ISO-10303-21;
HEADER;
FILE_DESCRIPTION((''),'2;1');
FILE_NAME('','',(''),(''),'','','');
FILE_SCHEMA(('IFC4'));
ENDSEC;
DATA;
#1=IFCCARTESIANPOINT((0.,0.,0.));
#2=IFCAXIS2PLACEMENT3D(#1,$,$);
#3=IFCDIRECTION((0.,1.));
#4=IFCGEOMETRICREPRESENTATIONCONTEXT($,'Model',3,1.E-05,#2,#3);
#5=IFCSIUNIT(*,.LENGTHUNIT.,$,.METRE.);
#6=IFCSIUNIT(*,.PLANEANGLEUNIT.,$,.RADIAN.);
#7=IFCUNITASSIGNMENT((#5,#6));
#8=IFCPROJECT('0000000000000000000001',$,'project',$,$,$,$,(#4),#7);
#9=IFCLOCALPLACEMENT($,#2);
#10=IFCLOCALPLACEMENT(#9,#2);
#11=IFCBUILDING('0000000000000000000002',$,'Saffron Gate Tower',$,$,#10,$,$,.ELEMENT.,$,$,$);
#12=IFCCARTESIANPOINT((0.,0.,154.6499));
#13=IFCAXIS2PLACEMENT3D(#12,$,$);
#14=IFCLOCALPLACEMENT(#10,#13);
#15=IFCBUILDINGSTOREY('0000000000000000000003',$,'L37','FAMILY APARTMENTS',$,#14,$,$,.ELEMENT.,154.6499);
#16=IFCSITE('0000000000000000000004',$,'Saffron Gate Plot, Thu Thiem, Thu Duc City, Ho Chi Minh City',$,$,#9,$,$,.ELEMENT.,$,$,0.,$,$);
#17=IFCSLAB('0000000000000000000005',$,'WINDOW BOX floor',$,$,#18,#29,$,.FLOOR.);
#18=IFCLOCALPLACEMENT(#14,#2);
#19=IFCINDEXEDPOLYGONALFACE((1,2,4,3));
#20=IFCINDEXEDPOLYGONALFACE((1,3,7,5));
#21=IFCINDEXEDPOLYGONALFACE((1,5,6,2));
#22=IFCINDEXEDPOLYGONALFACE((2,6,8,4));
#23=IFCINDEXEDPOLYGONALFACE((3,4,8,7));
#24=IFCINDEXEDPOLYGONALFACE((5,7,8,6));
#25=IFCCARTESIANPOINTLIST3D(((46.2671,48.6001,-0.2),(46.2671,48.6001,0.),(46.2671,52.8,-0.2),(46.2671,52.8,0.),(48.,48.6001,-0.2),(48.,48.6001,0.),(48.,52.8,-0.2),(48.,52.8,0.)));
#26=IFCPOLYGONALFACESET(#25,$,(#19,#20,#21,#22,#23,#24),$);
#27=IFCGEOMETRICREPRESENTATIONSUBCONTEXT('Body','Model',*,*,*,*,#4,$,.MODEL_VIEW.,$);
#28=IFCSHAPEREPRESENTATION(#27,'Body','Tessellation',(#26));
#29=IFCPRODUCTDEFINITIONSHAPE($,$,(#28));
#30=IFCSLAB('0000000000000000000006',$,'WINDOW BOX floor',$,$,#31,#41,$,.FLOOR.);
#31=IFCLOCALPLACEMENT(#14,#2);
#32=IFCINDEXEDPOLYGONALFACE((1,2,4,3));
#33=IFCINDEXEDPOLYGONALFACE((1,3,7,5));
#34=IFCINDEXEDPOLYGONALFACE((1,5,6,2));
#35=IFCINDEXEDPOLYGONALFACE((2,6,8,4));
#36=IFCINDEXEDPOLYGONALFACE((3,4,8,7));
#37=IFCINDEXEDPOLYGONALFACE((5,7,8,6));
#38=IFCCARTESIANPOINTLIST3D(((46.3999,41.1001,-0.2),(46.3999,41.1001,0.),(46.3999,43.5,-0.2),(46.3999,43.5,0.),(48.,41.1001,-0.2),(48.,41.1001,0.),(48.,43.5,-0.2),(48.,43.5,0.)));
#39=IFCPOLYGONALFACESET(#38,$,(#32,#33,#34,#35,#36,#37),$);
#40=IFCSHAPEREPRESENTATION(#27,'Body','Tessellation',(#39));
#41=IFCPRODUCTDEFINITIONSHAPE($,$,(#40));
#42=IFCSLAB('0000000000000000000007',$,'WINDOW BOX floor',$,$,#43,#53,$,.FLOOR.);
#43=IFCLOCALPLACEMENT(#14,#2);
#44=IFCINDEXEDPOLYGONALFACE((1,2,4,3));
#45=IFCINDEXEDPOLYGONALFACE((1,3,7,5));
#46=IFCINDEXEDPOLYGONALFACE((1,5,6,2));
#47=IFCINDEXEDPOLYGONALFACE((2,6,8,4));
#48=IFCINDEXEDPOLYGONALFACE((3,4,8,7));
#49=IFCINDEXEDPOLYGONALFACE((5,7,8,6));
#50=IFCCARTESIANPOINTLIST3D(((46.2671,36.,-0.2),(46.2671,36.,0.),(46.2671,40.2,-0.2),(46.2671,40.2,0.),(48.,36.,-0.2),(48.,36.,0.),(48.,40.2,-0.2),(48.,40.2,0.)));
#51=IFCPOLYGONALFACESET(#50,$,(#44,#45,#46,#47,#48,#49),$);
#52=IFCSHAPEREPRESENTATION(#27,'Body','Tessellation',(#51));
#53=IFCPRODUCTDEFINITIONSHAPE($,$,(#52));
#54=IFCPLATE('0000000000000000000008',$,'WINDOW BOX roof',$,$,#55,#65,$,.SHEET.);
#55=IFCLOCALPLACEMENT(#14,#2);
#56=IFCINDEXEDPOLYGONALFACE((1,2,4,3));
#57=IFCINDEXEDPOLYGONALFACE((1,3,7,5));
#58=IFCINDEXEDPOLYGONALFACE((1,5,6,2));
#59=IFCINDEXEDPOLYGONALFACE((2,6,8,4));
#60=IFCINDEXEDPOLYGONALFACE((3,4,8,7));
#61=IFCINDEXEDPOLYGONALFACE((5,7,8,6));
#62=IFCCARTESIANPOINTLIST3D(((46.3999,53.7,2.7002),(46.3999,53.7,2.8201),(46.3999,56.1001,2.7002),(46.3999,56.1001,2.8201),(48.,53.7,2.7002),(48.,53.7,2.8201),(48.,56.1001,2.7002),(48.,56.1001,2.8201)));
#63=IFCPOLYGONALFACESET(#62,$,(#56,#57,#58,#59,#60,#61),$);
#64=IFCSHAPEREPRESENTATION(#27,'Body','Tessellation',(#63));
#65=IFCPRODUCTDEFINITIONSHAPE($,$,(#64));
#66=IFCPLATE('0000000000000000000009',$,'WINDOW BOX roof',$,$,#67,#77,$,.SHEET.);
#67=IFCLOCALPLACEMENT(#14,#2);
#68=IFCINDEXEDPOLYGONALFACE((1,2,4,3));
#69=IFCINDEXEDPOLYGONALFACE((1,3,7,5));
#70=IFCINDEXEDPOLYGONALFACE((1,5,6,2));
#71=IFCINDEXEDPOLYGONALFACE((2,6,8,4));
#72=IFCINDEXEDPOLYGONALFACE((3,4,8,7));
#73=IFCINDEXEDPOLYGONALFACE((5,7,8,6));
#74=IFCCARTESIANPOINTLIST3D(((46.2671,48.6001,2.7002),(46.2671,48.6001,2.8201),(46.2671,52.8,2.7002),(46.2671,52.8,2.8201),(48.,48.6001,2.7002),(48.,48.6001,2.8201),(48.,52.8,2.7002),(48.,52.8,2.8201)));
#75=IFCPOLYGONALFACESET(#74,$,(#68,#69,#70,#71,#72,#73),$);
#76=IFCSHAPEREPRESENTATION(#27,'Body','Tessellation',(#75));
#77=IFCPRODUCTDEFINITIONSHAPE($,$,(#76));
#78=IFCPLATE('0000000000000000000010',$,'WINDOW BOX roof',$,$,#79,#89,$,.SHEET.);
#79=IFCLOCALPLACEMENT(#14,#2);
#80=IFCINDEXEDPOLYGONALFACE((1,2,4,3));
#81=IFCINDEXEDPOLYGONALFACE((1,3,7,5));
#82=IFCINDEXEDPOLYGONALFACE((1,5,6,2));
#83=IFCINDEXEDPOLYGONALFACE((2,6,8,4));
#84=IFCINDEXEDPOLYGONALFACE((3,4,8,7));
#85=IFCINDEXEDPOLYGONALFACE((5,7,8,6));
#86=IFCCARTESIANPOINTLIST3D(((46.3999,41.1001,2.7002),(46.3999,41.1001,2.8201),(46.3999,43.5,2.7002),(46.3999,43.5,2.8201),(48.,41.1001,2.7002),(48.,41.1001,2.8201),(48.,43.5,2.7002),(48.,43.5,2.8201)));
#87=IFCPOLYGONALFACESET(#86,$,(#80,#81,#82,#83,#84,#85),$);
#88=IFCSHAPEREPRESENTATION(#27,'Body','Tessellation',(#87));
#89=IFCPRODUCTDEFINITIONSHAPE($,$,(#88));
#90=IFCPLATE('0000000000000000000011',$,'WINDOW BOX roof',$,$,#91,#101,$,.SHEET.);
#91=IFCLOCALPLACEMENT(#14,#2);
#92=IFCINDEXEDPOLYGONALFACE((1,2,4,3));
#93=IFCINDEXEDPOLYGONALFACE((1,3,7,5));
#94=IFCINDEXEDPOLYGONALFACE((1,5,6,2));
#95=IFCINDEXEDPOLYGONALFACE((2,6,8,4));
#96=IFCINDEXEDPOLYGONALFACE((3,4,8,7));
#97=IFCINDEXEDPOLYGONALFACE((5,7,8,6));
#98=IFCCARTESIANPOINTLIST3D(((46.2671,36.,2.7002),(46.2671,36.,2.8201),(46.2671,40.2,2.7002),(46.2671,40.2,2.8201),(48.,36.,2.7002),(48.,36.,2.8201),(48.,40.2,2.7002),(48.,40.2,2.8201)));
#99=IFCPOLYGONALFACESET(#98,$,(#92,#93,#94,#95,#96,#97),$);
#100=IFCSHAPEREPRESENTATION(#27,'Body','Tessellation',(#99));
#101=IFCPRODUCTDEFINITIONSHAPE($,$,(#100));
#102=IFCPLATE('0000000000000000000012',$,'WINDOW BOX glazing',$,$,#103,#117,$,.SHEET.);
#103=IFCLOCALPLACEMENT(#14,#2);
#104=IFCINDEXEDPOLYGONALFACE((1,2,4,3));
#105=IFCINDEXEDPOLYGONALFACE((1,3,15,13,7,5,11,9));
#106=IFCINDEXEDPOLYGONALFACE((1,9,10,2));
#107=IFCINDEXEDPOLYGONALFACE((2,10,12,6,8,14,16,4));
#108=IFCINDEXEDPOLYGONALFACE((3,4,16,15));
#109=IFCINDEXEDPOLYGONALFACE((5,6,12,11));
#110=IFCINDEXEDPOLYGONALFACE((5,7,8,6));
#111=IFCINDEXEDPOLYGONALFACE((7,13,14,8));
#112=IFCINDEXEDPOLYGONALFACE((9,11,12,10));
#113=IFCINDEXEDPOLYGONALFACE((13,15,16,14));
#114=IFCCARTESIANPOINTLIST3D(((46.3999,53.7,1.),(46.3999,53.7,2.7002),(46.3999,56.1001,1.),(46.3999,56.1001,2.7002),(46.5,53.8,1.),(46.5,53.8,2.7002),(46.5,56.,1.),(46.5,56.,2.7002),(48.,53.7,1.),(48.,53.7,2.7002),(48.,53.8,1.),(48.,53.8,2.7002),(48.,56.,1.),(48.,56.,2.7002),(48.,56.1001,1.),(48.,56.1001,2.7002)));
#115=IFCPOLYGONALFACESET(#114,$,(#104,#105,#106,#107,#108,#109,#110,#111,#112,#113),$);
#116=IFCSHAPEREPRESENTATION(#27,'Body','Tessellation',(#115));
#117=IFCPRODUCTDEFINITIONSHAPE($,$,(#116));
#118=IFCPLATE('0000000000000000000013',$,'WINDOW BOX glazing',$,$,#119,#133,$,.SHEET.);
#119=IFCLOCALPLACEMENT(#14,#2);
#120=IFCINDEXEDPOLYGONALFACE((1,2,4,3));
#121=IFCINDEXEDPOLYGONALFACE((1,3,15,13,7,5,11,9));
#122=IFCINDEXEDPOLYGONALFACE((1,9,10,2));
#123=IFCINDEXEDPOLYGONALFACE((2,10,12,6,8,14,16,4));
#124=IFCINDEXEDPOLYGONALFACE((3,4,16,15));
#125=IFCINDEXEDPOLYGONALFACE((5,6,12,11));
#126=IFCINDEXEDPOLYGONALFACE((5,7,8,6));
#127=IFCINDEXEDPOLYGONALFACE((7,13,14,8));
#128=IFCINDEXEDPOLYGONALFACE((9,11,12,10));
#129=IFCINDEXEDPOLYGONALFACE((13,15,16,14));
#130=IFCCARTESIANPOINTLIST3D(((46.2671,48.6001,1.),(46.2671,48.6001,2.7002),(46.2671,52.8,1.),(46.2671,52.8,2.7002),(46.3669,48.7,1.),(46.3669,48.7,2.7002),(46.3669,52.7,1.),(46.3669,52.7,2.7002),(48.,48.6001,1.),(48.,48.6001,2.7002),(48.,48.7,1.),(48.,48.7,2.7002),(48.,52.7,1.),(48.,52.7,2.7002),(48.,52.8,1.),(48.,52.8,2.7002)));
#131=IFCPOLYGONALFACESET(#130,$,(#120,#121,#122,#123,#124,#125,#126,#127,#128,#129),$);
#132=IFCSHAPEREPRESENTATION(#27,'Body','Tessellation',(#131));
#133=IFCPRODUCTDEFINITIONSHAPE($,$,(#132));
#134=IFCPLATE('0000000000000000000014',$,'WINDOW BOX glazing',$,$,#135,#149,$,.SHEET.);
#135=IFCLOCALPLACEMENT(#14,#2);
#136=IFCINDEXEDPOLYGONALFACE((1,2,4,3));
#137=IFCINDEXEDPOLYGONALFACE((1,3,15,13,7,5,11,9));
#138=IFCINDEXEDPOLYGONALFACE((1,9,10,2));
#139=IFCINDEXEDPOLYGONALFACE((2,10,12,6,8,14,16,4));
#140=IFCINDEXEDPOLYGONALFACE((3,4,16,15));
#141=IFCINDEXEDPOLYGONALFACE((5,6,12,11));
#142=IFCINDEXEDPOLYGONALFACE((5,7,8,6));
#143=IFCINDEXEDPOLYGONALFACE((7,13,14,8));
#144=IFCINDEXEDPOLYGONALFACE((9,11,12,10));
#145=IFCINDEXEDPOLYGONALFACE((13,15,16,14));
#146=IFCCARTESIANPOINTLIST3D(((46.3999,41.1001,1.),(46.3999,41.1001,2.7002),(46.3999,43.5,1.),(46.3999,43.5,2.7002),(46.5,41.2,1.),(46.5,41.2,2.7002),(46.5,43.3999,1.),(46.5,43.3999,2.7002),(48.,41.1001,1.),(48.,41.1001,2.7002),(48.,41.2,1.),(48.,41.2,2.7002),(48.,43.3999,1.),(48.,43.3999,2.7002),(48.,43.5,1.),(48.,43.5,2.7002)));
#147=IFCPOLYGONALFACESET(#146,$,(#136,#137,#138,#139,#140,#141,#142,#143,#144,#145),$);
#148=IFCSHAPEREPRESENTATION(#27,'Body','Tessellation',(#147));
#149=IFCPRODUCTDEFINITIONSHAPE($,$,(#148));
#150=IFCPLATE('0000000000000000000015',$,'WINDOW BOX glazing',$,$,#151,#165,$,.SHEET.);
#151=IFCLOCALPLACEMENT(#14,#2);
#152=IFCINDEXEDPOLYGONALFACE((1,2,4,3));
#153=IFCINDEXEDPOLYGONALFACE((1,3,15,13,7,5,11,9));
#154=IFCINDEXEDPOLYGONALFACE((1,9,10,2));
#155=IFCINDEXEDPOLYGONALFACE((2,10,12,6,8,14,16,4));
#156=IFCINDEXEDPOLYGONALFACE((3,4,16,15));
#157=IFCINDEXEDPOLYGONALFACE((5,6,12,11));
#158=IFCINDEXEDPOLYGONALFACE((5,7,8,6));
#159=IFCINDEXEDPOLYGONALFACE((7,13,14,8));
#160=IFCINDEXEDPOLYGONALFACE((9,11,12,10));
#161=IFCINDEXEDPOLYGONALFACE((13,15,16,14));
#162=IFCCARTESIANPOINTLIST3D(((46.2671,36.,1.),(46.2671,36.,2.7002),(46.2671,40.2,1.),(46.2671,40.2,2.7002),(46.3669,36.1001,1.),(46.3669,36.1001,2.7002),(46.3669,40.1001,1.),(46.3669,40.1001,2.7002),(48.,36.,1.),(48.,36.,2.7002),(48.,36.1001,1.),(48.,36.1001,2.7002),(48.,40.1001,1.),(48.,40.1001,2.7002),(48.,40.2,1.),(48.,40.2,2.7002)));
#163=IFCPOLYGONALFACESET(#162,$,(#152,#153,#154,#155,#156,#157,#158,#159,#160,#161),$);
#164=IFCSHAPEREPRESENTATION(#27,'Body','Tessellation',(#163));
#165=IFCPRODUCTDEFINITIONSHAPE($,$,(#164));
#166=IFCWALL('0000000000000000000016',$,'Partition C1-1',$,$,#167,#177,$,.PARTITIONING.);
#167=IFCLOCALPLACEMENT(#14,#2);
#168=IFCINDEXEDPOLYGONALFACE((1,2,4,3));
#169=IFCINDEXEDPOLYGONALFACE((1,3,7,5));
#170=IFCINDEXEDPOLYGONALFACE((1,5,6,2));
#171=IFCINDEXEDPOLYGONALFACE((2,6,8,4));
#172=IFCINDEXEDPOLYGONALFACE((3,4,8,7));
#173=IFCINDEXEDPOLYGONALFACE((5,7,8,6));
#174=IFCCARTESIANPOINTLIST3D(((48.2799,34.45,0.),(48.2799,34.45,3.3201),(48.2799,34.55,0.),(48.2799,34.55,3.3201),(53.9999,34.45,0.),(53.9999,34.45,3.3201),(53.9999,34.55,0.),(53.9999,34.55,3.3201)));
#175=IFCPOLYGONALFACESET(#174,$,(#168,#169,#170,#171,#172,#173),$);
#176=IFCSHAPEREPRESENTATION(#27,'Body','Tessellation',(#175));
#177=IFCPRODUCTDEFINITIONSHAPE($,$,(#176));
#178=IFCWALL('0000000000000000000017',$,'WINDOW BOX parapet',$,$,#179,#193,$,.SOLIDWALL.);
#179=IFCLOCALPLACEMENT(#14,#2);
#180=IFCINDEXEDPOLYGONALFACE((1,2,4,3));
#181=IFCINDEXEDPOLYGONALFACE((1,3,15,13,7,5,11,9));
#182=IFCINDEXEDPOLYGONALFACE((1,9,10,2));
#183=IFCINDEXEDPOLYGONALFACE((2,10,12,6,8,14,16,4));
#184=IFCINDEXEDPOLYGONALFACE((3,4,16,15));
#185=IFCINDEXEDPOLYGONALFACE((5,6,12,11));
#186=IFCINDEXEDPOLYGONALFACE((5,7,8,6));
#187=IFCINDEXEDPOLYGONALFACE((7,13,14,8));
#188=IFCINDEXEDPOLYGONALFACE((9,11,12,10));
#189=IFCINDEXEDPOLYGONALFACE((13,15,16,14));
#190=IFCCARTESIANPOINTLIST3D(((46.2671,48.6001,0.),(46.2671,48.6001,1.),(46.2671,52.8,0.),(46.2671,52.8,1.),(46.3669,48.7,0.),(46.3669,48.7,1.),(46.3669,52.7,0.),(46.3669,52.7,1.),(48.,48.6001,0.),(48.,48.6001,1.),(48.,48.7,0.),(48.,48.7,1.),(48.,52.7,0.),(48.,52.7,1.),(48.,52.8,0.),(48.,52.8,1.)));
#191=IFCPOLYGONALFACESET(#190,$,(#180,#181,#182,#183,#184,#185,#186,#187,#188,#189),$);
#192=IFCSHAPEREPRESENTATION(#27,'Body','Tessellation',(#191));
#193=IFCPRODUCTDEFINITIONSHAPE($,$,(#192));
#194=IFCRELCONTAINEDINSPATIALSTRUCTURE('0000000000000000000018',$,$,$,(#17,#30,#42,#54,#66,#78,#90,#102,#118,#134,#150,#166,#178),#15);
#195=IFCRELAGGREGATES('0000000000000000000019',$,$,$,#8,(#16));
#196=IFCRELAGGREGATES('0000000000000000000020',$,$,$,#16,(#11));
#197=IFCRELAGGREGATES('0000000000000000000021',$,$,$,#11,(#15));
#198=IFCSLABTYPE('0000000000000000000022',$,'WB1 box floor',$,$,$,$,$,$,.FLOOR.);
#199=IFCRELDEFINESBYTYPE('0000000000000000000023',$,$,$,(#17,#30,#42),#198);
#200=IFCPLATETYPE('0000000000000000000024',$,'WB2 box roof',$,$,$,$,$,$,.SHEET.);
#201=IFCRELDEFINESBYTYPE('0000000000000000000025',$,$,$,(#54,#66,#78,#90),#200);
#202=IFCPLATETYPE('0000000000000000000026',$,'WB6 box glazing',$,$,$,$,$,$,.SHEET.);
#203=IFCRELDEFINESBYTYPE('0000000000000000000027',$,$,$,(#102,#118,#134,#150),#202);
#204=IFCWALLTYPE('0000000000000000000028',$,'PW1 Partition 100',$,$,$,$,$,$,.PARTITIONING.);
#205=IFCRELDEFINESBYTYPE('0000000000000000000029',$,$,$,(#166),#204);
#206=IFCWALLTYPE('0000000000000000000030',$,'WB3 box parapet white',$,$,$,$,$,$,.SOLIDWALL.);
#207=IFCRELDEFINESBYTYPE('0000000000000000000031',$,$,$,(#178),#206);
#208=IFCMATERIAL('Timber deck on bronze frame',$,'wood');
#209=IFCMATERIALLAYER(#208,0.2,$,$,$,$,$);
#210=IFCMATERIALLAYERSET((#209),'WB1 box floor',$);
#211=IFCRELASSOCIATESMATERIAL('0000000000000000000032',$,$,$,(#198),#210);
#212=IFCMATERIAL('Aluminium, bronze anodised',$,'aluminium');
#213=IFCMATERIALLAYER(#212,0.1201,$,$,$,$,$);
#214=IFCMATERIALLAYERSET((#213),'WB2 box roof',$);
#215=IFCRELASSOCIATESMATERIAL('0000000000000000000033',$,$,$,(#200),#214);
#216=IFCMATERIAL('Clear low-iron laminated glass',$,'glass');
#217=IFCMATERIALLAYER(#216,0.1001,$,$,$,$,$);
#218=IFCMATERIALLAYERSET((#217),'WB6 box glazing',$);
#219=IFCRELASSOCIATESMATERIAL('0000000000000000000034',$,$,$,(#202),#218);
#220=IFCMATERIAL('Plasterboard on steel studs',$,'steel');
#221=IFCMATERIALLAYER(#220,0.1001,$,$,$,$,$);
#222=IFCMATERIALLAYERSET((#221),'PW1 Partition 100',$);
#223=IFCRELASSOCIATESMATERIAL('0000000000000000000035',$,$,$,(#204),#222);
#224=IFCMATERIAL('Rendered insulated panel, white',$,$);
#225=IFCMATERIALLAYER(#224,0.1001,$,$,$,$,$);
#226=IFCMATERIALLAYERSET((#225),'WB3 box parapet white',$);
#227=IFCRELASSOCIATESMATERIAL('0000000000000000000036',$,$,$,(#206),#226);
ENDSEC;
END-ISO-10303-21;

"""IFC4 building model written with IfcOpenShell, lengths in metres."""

from ifc_helpers import new_model, si_unit, direction, frame, frame_2d, origin, place, context, subcontext, project, spatial, polyline, rectangle, outline, extrude, material, layer, layer_set, type_object, element, save


model = new_model("IFC4")

# Units and contexts
model_context = context("Model", 3, precision=1e-05, world=origin(), true_north=direction((0.0, 1.0)))
body_context = subcontext(model_context, "Body", "Model", "MODEL_VIEW")
ifc_project = project(units=[si_unit("LENGTHUNIT", "METRE"), si_unit("PLANEANGLEUNIT", "RADIAN")], contexts=[model_context])

# Site, building, storey
site_placement = place(None, origin())
site = spatial("IfcSite", under=ifc_project, at=site_placement, Name="Saffron Gate Plot, Thu Thiem, Thu Duc City, Ho Chi Minh City", CompositionType="ELEMENT", RefElevation=0.0)
building_placement = place(site_placement, origin())
building = spatial("IfcBuilding", under=site, at=building_placement, Name="Saffron Gate Tower", CompositionType="ELEMENT")
storey_placement = place(building_placement, frame((0.0, 0.0, 154.6499)))
storey = spatial("IfcBuildingStorey", under=building, at=storey_placement, Name="L37", Description="FAMILY APARTMENTS", CompositionType="ELEMENT", Elevation=154.6499)

# Shared definitions
ifc_material_1 = material(Name="Aluminium, bronze anodised", Category="aluminium")

# Slabs
ifc_material_2 = material(Name="Timber deck on bronze frame", Category="wood")
ifc_layer_1 = layer(ifc_material_2, 0.2)
ifc_layer_set_1 = layer_set([ifc_layer_1], Name="WB1 box floor")
slab_type_1 = type_object("IfcSlabType", Name="WB1 box floor", PredefinedType="FLOOR", material=ifc_layer_set_1)
slab_1_placement = place(storey_placement, frame((0.0, 0.0, -0.2)))
element("IfcSlab", 1, at=slab_1_placement, inside=storey, type_object=slab_type_1, Name="WINDOW BOX floor", PredefinedType="FLOOR", context=body_context, shape_type="SweptSolid", body=[
    extrude(outline(polyline([(48.0, 52.8), (48.0, 48.6001), (46.2671, 48.6001), (46.2671, 52.8), (48.0, 52.8)])), origin(), (0.0, 0.0, 1.0), 0.2),
])
slab_2_placement = place(storey_placement, frame((0.0, 0.0, -0.2)))
element("IfcSlab", 2, at=slab_2_placement, inside=storey, type_object=slab_type_1, Name="WINDOW BOX floor", PredefinedType="FLOOR", context=body_context, shape_type="SweptSolid", body=[
    extrude(outline(polyline([(48.0, 43.5), (48.0, 41.1001), (46.3999, 41.1001), (46.3999, 43.5), (48.0, 43.5)])), origin(), (0.0, 0.0, 1.0), 0.2),
])
slab_3_placement = place(storey_placement, frame((0.0, 0.0, -0.2)))
element("IfcSlab", 3, at=slab_3_placement, inside=storey, type_object=slab_type_1, Name="WINDOW BOX floor", PredefinedType="FLOOR", context=body_context, shape_type="SweptSolid", body=[
    extrude(outline(polyline([(48.0, 40.2), (48.0, 36.0), (46.2671, 36.0), (46.2671, 40.2), (48.0, 40.2)])), origin(), (0.0, 0.0, 1.0), 0.2),
])

# Plates
ifc_layer_2 = layer(ifc_material_1, 0.1201)
ifc_layer_set_2 = layer_set([ifc_layer_2], Name="WB2 box roof")
plate_type_1 = type_object("IfcPlateType", Name="WB2 box roof", PredefinedType="SHEET", material=ifc_layer_set_2)
plate_1_placement = place(storey_placement, frame((0.0, 0.0, 2.7002)))
element("IfcPlate", 4, at=plate_1_placement, inside=storey, type_object=plate_type_1, Name="WINDOW BOX roof", PredefinedType="SHEET", context=body_context, shape_type="SweptSolid", body=[
    extrude(outline(polyline([(48.0, 56.1001), (48.0, 53.7), (46.3999, 53.7), (46.3999, 56.1001), (48.0, 56.1001)])), origin(), (0.0, 0.0, 1.0), 0.1199),
])
plate_2_placement = place(storey_placement, frame((0.0, 0.0, 2.7002)))
element("IfcPlate", 5, at=plate_2_placement, inside=storey, type_object=plate_type_1, Name="WINDOW BOX roof", PredefinedType="SHEET", context=body_context, shape_type="SweptSolid", body=[
    extrude(outline(polyline([(48.0, 52.8), (48.0, 48.6001), (46.2671, 48.6001), (46.2671, 52.8), (48.0, 52.8)])), origin(), (0.0, 0.0, 1.0), 0.1199),
])
plate_3_placement = place(storey_placement, frame((0.0, 0.0, 2.7002)))
element("IfcPlate", 6, at=plate_3_placement, inside=storey, type_object=plate_type_1, Name="WINDOW BOX roof", PredefinedType="SHEET", context=body_context, shape_type="SweptSolid", body=[
    extrude(outline(polyline([(48.0, 43.5), (48.0, 41.1001), (46.3999, 41.1001), (46.3999, 43.5), (48.0, 43.5)])), origin(), (0.0, 0.0, 1.0), 0.1199),
])
plate_4_placement = place(storey_placement, frame((0.0, 0.0, 2.7002)))
element("IfcPlate", 7, at=plate_4_placement, inside=storey, type_object=plate_type_1, Name="WINDOW BOX roof", PredefinedType="SHEET", context=body_context, shape_type="SweptSolid", body=[
    extrude(outline(polyline([(48.0, 40.2), (48.0, 36.0), (46.2671, 36.0), (46.2671, 40.2), (48.0, 40.2)])), origin(), (0.0, 0.0, 1.0), 0.1199),
])
ifc_material_3 = material(Name="Clear low-iron laminated glass", Category="glass")
ifc_layer_3 = layer(ifc_material_3, 0.1001)
ifc_layer_set_3 = layer_set([ifc_layer_3], Name="WB6 box glazing")
plate_type_2 = type_object("IfcPlateType", Name="WB6 box glazing", PredefinedType="SHEET", material=ifc_layer_set_3)
plate_5_placement = place(storey_placement, frame((0.0, 0.0, 1.0)))
element("IfcPlate", 8, at=plate_5_placement, inside=storey, type_object=plate_type_2, Name="WINDOW BOX glazing", PredefinedType="SHEET", context=body_context, shape_type="SweptSolid", body=[
    extrude(outline(polyline([(48.0, 56.1001), (48.0, 56.0), (46.5, 56.0), (46.5, 53.8), (48.0, 53.8), (48.0, 53.7), (46.3999, 53.7), (46.3999, 56.1001), (48.0, 56.1001)])), origin(), (0.0, 0.0, 1.0), 1.7002),
])
plate_6_placement = place(storey_placement, frame((0.0, 0.0, 1.0)))
element("IfcPlate", 9, at=plate_6_placement, inside=storey, type_object=plate_type_2, Name="WINDOW BOX glazing", PredefinedType="SHEET", context=body_context, shape_type="SweptSolid", body=[
    extrude(outline(polyline([(48.0, 52.8), (48.0, 52.7), (46.3669, 52.7), (46.3669, 48.7), (48.0, 48.7), (48.0, 48.6001), (46.2671, 48.6001), (46.2671, 52.8), (48.0, 52.8)])), origin(), (0.0, 0.0, 1.0), 1.7002),
])
plate_7_placement = place(storey_placement, frame((0.0, 0.0, 1.0)))
element("IfcPlate", 10, at=plate_7_placement, inside=storey, type_object=plate_type_2, Name="WINDOW BOX glazing", PredefinedType="SHEET", context=body_context, shape_type="SweptSolid", body=[
    extrude(outline(polyline([(48.0, 43.5), (48.0, 43.3999), (46.5, 43.3999), (46.5, 41.2), (48.0, 41.2), (48.0, 41.1001), (46.3999, 41.1001), (46.3999, 43.5), (48.0, 43.5)])), origin(), (0.0, 0.0, 1.0), 1.7002),
])
plate_8_placement = place(storey_placement, frame((0.0, 0.0, 1.0)))
element("IfcPlate", 11, at=plate_8_placement, inside=storey, type_object=plate_type_2, Name="WINDOW BOX glazing", PredefinedType="SHEET", context=body_context, shape_type="SweptSolid", body=[
    extrude(outline(polyline([(48.0, 40.2), (48.0, 40.1001), (46.3669, 40.1001), (46.3669, 36.1001), (48.0, 36.1001), (48.0, 36.0), (46.2671, 36.0), (46.2671, 40.2), (48.0, 40.2)])), origin(), (0.0, 0.0, 1.0), 1.7002),
])

# Walls
ifc_material_4 = material(Name="Plasterboard on steel studs", Category="steel")
ifc_layer_4 = layer(ifc_material_4, 0.1001)
ifc_layer_set_4 = layer_set([ifc_layer_4], Name="PW1 Partition 100")
wall_type_1 = type_object("IfcWallType", Name="PW1 Partition 100", PredefinedType="PARTITIONING", material=ifc_layer_set_4)
wall_1_placement = place(storey_placement, frame((48.28, 34.5, 0.0), z_axis=(0.0, 0.0, 1.0), x_axis=(1.0, 0.0, 0.0)))
element("IfcWall", 12, at=wall_1_placement, inside=storey, type_object=wall_type_1, Name="Partition C1-1", PredefinedType="PARTITIONING", context=body_context, shape_type="SweptSolid", body=[
    extrude(rectangle(XDim=5.72, YDim=0.1001, at=frame_2d((2.8599, 0.0))), origin(), (0.0, 0.0, 1.0), 3.3201),
])
ifc_material_5 = material(Name="Rendered insulated panel, white")
ifc_layer_5 = layer(ifc_material_5, 0.1001)
ifc_layer_set_5 = layer_set([ifc_layer_5], Name="WB3 box parapet white")
wall_type_2 = type_object("IfcWallType", Name="WB3 box parapet white", PredefinedType="SOLIDWALL", material=ifc_layer_set_5)
wall_2_placement = place(storey_placement, origin())
element("IfcWall", 13, at=wall_2_placement, inside=storey, type_object=wall_type_2, Name="WINDOW BOX parapet", PredefinedType="SOLIDWALL", context=body_context, shape_type="SweptSolid", body=[
    extrude(outline(polyline([(48.0, 52.8), (48.0, 52.7), (46.3669, 52.7), (46.3669, 48.7), (48.0, 48.7), (48.0, 48.6001), (46.2671, 48.6001), (46.2671, 52.8), (48.0, 52.8)])), origin(), (0.0, 0.0, 1.0), 1.0),
])

save(model, "model.ifc")
